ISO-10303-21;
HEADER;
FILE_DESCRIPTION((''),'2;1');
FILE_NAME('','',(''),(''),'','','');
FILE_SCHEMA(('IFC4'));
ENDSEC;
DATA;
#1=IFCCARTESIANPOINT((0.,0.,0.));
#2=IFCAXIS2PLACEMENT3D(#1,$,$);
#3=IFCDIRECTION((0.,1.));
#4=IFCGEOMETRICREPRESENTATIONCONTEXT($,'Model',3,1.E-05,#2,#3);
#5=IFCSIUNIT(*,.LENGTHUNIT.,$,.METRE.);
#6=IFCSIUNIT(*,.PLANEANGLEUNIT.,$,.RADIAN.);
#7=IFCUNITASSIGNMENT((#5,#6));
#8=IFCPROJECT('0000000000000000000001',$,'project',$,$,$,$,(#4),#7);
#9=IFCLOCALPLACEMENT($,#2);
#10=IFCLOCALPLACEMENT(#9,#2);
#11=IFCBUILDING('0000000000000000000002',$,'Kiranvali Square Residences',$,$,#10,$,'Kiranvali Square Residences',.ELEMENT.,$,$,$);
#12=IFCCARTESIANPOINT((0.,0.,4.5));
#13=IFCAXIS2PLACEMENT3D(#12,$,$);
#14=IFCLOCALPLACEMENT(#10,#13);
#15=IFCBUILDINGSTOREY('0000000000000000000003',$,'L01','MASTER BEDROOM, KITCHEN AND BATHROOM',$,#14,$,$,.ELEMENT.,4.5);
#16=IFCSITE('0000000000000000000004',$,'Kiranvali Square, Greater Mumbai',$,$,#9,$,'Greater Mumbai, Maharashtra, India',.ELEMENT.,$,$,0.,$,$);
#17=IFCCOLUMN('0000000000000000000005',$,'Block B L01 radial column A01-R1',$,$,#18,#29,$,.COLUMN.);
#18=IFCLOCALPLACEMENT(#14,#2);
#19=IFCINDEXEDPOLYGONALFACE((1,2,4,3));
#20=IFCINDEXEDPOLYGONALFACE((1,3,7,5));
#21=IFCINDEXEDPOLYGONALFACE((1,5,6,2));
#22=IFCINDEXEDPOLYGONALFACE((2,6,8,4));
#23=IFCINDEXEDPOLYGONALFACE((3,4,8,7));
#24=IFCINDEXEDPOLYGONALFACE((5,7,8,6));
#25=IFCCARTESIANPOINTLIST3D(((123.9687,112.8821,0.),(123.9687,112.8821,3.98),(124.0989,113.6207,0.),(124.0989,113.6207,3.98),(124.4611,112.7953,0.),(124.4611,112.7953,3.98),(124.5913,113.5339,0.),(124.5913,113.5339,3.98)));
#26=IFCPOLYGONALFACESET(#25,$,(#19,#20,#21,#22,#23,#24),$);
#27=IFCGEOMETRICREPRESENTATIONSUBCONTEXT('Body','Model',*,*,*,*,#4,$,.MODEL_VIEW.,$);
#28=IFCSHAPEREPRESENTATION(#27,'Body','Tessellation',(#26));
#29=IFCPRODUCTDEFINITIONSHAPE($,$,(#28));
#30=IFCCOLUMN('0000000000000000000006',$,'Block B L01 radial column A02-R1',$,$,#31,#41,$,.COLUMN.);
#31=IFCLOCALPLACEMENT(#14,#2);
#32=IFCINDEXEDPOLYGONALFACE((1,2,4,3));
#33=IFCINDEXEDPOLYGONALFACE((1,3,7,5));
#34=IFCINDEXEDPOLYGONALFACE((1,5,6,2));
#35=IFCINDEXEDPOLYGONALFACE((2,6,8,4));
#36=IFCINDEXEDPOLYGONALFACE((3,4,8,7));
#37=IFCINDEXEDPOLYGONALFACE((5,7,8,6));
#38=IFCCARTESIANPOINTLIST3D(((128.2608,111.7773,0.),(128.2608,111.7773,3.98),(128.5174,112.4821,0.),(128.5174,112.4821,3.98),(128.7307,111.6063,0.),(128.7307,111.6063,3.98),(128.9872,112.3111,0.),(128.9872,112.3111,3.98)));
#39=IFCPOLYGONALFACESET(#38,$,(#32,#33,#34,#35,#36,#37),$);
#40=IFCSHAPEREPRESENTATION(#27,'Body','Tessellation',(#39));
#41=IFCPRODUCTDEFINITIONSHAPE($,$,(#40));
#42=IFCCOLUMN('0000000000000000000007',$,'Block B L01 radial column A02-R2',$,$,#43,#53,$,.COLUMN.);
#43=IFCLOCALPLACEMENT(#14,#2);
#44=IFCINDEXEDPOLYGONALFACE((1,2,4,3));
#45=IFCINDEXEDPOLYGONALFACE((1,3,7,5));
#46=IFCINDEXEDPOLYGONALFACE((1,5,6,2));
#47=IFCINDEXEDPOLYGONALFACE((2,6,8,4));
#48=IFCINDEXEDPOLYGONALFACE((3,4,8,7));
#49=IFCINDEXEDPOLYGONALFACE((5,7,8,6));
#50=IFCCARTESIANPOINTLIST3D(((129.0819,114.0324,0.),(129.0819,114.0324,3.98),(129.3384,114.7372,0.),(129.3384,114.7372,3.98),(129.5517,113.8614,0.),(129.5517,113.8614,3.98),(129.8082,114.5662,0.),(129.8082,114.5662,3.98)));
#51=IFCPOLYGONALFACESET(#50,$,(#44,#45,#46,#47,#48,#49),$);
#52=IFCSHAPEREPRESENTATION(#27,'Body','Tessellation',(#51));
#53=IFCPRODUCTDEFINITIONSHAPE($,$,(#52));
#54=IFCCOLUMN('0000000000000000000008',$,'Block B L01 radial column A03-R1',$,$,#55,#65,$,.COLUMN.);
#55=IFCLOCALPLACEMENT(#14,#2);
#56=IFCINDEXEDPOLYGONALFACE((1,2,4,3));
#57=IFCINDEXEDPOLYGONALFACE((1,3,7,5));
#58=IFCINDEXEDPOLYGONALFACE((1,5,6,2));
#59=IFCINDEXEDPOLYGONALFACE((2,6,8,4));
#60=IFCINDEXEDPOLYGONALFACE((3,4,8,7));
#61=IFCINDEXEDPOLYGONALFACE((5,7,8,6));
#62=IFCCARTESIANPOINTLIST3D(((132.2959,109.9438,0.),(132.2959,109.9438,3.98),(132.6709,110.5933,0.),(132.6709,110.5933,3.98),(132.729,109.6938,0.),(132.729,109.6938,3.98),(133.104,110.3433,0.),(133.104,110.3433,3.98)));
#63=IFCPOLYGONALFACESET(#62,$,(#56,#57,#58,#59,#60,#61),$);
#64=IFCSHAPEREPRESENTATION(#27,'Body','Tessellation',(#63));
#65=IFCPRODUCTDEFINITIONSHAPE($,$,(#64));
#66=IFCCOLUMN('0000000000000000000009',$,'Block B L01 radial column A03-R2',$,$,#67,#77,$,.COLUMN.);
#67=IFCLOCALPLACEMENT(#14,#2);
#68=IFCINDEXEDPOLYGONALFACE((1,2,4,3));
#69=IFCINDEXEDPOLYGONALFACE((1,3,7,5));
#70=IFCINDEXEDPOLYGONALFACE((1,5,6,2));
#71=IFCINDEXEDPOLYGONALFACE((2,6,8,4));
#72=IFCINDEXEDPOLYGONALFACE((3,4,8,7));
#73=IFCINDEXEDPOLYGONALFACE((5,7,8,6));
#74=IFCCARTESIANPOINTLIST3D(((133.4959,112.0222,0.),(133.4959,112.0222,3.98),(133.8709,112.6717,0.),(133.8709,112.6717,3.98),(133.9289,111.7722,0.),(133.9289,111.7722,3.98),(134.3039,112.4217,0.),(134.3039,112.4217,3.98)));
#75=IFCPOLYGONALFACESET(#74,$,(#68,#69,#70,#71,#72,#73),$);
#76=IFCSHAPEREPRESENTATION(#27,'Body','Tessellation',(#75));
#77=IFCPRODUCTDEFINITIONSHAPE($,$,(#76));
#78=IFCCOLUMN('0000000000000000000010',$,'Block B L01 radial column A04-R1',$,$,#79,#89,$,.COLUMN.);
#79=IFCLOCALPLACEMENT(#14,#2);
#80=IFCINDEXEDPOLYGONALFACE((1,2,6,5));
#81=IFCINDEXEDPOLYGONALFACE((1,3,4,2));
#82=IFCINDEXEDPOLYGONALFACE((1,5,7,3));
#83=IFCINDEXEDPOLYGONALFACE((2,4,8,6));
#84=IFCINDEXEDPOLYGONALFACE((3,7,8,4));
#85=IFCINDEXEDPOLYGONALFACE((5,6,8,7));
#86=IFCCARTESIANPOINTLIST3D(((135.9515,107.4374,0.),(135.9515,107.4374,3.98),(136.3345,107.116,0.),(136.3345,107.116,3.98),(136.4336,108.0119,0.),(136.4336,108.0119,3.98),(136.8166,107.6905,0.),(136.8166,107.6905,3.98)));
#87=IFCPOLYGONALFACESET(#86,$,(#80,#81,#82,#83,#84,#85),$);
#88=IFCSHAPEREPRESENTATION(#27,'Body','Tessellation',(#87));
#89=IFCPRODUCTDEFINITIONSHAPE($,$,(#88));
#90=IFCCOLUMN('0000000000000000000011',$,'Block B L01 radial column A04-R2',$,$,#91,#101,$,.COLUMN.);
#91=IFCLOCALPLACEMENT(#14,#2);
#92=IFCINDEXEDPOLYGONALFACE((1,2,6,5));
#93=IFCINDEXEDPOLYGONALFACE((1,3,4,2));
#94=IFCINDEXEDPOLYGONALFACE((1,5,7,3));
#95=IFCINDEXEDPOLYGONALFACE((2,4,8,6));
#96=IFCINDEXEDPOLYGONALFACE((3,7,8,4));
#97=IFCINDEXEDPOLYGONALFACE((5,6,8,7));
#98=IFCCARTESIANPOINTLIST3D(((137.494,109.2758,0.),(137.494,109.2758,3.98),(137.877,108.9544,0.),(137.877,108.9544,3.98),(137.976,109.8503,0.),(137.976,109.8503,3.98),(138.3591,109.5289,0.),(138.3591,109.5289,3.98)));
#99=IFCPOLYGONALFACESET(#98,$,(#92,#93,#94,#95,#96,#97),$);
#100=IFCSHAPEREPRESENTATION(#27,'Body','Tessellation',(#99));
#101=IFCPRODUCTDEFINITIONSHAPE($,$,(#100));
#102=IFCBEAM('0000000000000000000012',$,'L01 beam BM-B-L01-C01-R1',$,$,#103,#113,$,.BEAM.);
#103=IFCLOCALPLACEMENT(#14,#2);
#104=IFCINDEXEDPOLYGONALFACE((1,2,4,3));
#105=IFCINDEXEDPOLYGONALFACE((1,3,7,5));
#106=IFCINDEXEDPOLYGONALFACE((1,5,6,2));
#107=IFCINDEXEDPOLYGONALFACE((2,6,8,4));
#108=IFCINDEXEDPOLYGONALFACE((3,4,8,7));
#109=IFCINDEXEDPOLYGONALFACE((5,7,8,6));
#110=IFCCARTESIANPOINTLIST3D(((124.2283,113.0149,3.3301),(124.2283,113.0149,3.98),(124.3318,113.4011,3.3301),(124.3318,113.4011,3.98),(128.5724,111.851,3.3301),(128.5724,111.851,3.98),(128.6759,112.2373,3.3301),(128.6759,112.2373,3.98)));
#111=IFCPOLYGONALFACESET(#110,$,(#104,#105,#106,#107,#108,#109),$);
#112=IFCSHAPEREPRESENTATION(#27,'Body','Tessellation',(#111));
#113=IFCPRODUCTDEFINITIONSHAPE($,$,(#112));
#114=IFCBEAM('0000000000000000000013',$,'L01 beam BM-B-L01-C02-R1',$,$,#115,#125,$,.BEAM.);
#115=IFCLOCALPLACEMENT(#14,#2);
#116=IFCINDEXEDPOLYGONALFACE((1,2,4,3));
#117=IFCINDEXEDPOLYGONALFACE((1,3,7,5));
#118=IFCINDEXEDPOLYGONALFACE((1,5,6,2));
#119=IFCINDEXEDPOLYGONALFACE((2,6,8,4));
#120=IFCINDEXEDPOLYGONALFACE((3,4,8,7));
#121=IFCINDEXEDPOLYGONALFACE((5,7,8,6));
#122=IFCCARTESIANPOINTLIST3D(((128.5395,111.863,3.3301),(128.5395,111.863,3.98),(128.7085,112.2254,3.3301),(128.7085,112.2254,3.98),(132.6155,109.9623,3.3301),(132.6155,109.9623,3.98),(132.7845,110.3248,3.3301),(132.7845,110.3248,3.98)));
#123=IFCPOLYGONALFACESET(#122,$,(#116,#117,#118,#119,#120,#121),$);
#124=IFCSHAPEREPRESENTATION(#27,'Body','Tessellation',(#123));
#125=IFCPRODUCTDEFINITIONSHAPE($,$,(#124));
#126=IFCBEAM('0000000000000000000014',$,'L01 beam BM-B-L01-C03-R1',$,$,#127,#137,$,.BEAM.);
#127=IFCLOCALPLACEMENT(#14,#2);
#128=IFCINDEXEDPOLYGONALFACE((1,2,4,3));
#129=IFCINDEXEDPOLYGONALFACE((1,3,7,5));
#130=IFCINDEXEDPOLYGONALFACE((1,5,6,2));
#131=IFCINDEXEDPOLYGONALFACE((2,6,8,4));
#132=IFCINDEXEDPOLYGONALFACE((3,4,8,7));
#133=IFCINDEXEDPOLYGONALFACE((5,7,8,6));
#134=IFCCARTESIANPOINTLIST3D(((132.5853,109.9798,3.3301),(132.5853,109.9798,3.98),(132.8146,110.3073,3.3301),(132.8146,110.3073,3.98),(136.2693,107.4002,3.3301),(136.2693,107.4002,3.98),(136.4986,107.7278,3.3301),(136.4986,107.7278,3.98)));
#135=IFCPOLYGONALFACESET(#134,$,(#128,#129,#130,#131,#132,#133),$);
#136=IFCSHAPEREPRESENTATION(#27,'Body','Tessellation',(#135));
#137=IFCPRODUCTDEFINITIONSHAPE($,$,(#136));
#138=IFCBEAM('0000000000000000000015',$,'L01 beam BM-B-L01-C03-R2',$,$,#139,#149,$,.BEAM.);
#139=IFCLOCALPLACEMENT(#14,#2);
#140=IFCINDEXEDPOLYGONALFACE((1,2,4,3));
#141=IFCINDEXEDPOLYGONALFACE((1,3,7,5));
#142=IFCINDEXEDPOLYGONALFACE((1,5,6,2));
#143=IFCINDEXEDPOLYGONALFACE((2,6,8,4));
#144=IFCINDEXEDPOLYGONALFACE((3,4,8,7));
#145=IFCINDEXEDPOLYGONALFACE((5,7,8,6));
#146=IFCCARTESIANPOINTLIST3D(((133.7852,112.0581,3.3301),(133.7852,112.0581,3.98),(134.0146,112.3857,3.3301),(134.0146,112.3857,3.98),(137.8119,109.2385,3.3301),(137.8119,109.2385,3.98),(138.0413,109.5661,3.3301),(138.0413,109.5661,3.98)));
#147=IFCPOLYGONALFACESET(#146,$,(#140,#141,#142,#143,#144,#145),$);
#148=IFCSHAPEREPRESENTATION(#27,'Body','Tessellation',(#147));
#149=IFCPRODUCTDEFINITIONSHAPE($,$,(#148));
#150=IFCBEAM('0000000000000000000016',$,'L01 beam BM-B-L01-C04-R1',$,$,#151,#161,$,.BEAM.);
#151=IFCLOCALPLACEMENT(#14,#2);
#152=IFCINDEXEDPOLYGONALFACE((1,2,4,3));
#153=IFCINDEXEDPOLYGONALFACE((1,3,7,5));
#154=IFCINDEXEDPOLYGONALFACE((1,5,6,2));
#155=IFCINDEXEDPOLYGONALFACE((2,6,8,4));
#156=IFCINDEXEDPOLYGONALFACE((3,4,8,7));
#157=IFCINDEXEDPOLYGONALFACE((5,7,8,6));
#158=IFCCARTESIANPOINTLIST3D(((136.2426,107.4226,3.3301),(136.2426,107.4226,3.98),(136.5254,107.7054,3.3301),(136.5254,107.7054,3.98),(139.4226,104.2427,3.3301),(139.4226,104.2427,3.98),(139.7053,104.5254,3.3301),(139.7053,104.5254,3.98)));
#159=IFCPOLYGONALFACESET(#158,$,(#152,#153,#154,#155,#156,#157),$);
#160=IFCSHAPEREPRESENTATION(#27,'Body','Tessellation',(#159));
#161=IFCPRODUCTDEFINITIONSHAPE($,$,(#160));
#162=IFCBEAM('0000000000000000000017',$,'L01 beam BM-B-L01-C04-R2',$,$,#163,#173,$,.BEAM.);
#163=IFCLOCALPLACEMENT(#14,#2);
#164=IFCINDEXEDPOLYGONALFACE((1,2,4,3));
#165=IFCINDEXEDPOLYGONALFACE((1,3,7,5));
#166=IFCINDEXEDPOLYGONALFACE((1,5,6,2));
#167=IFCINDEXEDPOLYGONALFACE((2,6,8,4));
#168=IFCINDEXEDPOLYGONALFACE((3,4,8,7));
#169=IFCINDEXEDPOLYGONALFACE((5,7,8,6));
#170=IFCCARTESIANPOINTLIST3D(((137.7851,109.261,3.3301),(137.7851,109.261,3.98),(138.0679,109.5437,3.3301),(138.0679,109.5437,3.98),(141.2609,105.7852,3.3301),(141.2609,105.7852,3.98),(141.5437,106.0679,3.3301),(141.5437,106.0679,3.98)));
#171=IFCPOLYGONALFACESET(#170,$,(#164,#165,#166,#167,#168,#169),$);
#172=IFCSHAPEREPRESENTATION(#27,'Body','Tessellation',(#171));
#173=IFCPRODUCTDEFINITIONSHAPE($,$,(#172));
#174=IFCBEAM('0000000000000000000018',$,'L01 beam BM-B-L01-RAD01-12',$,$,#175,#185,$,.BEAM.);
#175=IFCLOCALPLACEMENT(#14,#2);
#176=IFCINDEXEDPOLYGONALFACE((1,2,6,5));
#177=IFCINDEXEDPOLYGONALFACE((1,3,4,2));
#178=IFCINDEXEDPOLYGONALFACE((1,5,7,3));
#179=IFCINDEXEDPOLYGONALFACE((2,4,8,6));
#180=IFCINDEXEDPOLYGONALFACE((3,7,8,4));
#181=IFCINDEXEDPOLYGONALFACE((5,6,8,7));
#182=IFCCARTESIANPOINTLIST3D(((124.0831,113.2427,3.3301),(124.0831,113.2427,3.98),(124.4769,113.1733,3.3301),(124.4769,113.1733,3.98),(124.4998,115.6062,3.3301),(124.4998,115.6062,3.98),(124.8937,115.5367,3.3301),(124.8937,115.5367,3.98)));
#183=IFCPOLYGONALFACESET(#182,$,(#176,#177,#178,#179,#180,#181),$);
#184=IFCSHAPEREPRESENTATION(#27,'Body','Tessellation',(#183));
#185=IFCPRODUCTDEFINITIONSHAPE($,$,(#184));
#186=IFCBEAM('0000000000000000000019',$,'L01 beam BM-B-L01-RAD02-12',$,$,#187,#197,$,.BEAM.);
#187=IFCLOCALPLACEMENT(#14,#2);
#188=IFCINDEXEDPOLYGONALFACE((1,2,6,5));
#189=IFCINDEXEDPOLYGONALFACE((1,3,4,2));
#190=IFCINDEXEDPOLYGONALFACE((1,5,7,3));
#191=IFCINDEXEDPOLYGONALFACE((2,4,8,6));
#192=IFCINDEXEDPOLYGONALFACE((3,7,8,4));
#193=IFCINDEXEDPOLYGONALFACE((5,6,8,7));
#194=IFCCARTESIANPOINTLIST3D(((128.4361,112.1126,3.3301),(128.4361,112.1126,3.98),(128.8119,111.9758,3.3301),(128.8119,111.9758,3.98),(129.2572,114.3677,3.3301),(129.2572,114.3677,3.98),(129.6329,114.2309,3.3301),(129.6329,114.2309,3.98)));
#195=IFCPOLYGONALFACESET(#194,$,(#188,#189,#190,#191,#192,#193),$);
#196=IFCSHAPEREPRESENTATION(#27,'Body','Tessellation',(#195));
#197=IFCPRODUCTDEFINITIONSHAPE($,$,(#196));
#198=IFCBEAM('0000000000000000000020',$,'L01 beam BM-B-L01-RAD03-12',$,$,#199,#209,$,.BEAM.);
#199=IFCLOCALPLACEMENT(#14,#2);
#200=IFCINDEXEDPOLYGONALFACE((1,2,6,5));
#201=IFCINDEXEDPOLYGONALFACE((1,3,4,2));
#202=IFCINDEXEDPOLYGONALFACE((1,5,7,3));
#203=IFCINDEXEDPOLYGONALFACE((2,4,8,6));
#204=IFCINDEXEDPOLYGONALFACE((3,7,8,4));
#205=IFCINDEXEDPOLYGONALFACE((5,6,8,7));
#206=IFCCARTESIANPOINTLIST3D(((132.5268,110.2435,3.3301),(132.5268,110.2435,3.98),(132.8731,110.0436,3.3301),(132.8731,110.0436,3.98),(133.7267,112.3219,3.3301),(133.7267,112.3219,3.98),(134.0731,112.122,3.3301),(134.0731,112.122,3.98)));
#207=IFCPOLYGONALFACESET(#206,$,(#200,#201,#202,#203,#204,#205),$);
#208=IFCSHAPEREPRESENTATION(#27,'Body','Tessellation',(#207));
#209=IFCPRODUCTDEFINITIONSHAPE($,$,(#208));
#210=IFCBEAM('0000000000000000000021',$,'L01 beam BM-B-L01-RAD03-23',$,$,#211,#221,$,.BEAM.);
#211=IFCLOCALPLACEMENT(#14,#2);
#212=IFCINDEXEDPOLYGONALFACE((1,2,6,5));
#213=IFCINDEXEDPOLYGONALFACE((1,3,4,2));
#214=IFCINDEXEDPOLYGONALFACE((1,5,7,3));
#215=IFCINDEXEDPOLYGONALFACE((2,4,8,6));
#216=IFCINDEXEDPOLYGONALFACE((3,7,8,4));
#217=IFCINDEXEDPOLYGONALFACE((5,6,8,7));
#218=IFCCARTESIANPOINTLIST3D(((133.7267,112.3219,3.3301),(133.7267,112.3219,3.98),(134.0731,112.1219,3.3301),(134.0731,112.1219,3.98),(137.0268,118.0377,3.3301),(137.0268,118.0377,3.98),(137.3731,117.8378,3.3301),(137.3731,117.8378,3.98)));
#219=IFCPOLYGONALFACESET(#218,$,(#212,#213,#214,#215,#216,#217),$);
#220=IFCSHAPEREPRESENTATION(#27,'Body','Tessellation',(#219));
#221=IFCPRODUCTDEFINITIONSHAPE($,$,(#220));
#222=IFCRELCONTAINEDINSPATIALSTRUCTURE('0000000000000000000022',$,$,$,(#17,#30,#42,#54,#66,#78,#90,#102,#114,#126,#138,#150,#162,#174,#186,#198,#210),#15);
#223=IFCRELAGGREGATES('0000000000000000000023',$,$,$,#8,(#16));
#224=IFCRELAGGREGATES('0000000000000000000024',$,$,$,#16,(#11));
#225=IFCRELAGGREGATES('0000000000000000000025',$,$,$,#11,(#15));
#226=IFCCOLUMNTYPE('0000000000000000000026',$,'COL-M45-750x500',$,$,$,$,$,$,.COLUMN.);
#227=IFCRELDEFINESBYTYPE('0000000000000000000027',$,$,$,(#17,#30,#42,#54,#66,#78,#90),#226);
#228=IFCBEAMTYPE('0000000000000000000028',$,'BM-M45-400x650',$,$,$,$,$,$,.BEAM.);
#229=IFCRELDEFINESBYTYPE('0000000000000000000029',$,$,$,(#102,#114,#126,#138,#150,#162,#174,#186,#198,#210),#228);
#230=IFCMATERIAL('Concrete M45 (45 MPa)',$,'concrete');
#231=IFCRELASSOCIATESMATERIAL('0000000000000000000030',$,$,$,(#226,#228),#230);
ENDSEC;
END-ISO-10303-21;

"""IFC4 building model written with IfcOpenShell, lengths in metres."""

from ifc_helpers import new_model, si_unit, direction, frame, origin, origin_2d, place, context, subcontext, project, spatial, rectangle, extrude, material, material_profile, profile_set, type_object, element, save


model = new_model("IFC4")

# Units and contexts
model_context = context("Model", 3, precision=1e-05, world=origin(), true_north=direction((0.0, 1.0)))
body_context = subcontext(model_context, "Body", "Model", "MODEL_VIEW")
ifc_project = project(units=[si_unit("LENGTHUNIT", "METRE"), si_unit("PLANEANGLEUNIT", "RADIAN")], contexts=[model_context])

# Site, building, storey
site_placement = place(None, origin())
site = spatial("IfcSite", under=ifc_project, at=site_placement, Name="Kiranvali Square, Greater Mumbai", LongName="Greater Mumbai, Maharashtra, India", CompositionType="ELEMENT", RefElevation=0.0)
building_placement = place(site_placement, origin())
building = spatial("IfcBuilding", under=site, at=building_placement, Name="Kiranvali Square Residences", LongName="Kiranvali Square Residences", CompositionType="ELEMENT")
storey_placement = place(building_placement, frame((0.0, 0.0, 4.5)))
storey = spatial("IfcBuildingStorey", under=building, at=storey_placement, Name="L01", Description="MASTER BEDROOM, KITCHEN AND BATHROOM", CompositionType="ELEMENT", Elevation=4.5)

# Columns
ifc_material_1 = material(Name="Concrete M45 (45 MPa)", Category="concrete")
ifc_material_profile_1 = material_profile(ifc_material_1, rectangle(XDim=0.5, YDim=0.75, at=origin_2d()), Name="RC 750x500")
ifc_profile_set_1 = profile_set([ifc_material_profile_1], Name="Concrete M45 (45 MPa)")
column_type = type_object("IfcColumnType", Name="COL-M45-750x500", PredefinedType="COLUMN", material=ifc_profile_set_1)
for number, where, z_axis, x_axis, name in (
    (1, (124.28, 113.208, 0.0), (0.0, 0.0, 1.0), (-0.984808, 0.173648, 0.0), "Block B L01 radial column A01-R1"),
    (2, (128.624, 112.0442, 0.0), (0.0, 0.0, 1.0), (-0.939693, 0.34202, 0.0), "Block B L01 radial column A02-R1"),
    (3, (129.4451, 114.2993, 0.0), (0.0, 0.0, 1.0), (-0.939693, 0.34202, 0.0), "Block B L01 radial column A02-R2"),
    (4, (132.7, 110.1436, 0.0), (0.0, 0.0, 1.0), (-0.866025, 0.5, 0.0), "Block B L01 radial column A03-R1"),
    (5, (133.8999, 112.2219, 0.0), (0.0, 0.0, 1.0), (-0.866025, 0.5, 0.0), "Block B L01 radial column A03-R2"),
    (6, (136.384, 107.564, 0.0), (0.0, 0.0, 1.0), (-0.766044, 0.642788, 0.0), "Block B L01 radial column A04-R1"),
    (7, (137.9265, 109.4023, 0.0), (0.0, 0.0, 1.0), (-0.766044, 0.642788, 0.0), "Block B L01 radial column A04-R2"),
):
    element("IfcColumn", number, at=place(storey_placement, frame(where, z_axis=z_axis, x_axis=x_axis)), inside=storey, type_object=column_type, Name=name, PredefinedType="COLUMN", context=body_context, shape_type="SweptSolid", body=[
        extrude(rectangle(XDim=0.5, YDim=0.75, at=origin_2d()), origin(), (0.0, 0.0, 1.0), 3.98),
    ])

# Beams
ifc_material_profile_2 = material_profile(ifc_material_1, rectangle(XDim=0.3999, YDim=0.6499, at=origin_2d()), Name="RC 400x650")
ifc_profile_set_2 = profile_set([ifc_material_profile_2], Name="Concrete M45 (45 MPa)")
beam_type = type_object("IfcBeamType", Name="BM-M45-400x650", PredefinedType="BEAM", material=ifc_profile_set_2)
for number, where, z_axis, x_axis, name in (
    (8, (124.28, 113.208, 3.655), (0.965934, -0.258788, 0.0), (0.258788, 0.965934, 0.0), "L01 beam BM-B-L01-C01-R1"),
    (9, (128.624, 112.0442, 3.655), (0.906308, -0.422618, 0.0), (0.422618, 0.906308, 0.0), "L01 beam BM-B-L01-C02-R1"),
    (10, (132.7, 110.1436, 3.655), (0.819155, -0.573572, 0.0), (0.573572, 0.819155, 0.0), "L01 beam BM-B-L01-C03-R1"),
):
    element("IfcBeam", number, at=place(storey_placement, frame(where, z_axis=z_axis, x_axis=x_axis)), inside=storey, type_object=beam_type, Name=name, PredefinedType="BEAM", context=body_context, shape_type="SweptSolid", body=[
        extrude(rectangle(XDim=0.3999, YDim=0.6499, at=origin_2d()), origin(), (0.0, 0.0, 1.0), 4.4973),
    ])
beam_1_placement = place(storey_placement, frame((133.8999, 112.2219, 3.655), z_axis=(0.819141, -0.573592, 0.0), x_axis=(0.573592, 0.819141, 0.0)))
element("IfcBeam", 11, at=beam_1_placement, inside=storey, type_object=beam_type, Name="L01 beam BM-B-L01-C03-R2", PredefinedType="BEAM", context=body_context, shape_type="SweptSolid", body=[
    extrude(rectangle(XDim=0.3999, YDim=0.6499, at=origin_2d()), origin(), (0.0, 0.0, 1.0), 4.9158),
])
beam_2_placement = place(storey_placement, frame((136.384, 107.564, 3.655), z_axis=(0.707107, -0.707107, 0.0), x_axis=(0.707107, 0.707107, 0.0)))
element("IfcBeam", 12, at=beam_2_placement, inside=storey, type_object=beam_type, Name="L01 beam BM-B-L01-C04-R1", PredefinedType="BEAM", context=body_context, shape_type="SweptSolid", body=[
    extrude(rectangle(XDim=0.3999, YDim=0.6499, at=origin_2d()), origin(), (0.0, 0.0, 1.0), 4.4971),
])
beam_3_placement = place(storey_placement, frame((137.9265, 109.4023, 3.655), z_axis=(0.707107, -0.707107, 0.0), x_axis=(0.707107, 0.707107, 0.0)))
element("IfcBeam", 13, at=beam_3_placement, inside=storey, type_object=beam_type, Name="L01 beam BM-B-L01-C04-R2", PredefinedType="BEAM", context=body_context, shape_type="SweptSolid", body=[
    extrude(rectangle(XDim=0.3999, YDim=0.6499, at=origin_2d()), origin(), (0.0, 0.0, 1.0), 4.9155),
])
for number, where, z_axis, x_axis, name in (
    (14, (124.28, 113.208, 3.655), (0.173646, 0.984808, 0.0), (-0.984808, 0.173646, 0.0), "L01 beam BM-B-L01-RAD01-12"),
    (15, (128.624, 112.0442, 3.655), (0.342111, 0.93966, 0.0), (-0.93966, 0.342111, 0.0), "L01 beam BM-B-L01-RAD02-12"),
    (16, (132.7, 110.1436, 3.655), (0.500001, 0.866025, 0.0), (-0.866025, 0.500001, 0.0), "L01 beam BM-B-L01-RAD03-12"),
):
    element("IfcBeam", number, at=place(storey_placement, frame(where, z_axis=z_axis, x_axis=x_axis)), inside=storey, type_object=beam_type, Name=name, PredefinedType="BEAM", context=body_context, shape_type="SweptSolid", body=[
        extrude(rectangle(XDim=0.3999, YDim=0.6499, at=origin_2d()), origin(), (0.0, 0.0, 1.0), 2.3999),
    ])
beam_4_placement = place(storey_placement, frame((133.8999, 112.2219, 3.655), z_axis=(0.500002, 0.866024, 0.0), x_axis=(-0.866024, 0.500002, 0.0)))
element("IfcBeam", 17, at=beam_4_placement, inside=storey, type_object=beam_type, Name="L01 beam BM-B-L01-RAD03-23", PredefinedType="BEAM", context=body_context, shape_type="SweptSolid", body=[
    extrude(rectangle(XDim=0.3999, YDim=0.6499, at=origin_2d()), origin(), (0.0, 0.0, 1.0), 6.6001),
])

save(model, "model.ifc")
